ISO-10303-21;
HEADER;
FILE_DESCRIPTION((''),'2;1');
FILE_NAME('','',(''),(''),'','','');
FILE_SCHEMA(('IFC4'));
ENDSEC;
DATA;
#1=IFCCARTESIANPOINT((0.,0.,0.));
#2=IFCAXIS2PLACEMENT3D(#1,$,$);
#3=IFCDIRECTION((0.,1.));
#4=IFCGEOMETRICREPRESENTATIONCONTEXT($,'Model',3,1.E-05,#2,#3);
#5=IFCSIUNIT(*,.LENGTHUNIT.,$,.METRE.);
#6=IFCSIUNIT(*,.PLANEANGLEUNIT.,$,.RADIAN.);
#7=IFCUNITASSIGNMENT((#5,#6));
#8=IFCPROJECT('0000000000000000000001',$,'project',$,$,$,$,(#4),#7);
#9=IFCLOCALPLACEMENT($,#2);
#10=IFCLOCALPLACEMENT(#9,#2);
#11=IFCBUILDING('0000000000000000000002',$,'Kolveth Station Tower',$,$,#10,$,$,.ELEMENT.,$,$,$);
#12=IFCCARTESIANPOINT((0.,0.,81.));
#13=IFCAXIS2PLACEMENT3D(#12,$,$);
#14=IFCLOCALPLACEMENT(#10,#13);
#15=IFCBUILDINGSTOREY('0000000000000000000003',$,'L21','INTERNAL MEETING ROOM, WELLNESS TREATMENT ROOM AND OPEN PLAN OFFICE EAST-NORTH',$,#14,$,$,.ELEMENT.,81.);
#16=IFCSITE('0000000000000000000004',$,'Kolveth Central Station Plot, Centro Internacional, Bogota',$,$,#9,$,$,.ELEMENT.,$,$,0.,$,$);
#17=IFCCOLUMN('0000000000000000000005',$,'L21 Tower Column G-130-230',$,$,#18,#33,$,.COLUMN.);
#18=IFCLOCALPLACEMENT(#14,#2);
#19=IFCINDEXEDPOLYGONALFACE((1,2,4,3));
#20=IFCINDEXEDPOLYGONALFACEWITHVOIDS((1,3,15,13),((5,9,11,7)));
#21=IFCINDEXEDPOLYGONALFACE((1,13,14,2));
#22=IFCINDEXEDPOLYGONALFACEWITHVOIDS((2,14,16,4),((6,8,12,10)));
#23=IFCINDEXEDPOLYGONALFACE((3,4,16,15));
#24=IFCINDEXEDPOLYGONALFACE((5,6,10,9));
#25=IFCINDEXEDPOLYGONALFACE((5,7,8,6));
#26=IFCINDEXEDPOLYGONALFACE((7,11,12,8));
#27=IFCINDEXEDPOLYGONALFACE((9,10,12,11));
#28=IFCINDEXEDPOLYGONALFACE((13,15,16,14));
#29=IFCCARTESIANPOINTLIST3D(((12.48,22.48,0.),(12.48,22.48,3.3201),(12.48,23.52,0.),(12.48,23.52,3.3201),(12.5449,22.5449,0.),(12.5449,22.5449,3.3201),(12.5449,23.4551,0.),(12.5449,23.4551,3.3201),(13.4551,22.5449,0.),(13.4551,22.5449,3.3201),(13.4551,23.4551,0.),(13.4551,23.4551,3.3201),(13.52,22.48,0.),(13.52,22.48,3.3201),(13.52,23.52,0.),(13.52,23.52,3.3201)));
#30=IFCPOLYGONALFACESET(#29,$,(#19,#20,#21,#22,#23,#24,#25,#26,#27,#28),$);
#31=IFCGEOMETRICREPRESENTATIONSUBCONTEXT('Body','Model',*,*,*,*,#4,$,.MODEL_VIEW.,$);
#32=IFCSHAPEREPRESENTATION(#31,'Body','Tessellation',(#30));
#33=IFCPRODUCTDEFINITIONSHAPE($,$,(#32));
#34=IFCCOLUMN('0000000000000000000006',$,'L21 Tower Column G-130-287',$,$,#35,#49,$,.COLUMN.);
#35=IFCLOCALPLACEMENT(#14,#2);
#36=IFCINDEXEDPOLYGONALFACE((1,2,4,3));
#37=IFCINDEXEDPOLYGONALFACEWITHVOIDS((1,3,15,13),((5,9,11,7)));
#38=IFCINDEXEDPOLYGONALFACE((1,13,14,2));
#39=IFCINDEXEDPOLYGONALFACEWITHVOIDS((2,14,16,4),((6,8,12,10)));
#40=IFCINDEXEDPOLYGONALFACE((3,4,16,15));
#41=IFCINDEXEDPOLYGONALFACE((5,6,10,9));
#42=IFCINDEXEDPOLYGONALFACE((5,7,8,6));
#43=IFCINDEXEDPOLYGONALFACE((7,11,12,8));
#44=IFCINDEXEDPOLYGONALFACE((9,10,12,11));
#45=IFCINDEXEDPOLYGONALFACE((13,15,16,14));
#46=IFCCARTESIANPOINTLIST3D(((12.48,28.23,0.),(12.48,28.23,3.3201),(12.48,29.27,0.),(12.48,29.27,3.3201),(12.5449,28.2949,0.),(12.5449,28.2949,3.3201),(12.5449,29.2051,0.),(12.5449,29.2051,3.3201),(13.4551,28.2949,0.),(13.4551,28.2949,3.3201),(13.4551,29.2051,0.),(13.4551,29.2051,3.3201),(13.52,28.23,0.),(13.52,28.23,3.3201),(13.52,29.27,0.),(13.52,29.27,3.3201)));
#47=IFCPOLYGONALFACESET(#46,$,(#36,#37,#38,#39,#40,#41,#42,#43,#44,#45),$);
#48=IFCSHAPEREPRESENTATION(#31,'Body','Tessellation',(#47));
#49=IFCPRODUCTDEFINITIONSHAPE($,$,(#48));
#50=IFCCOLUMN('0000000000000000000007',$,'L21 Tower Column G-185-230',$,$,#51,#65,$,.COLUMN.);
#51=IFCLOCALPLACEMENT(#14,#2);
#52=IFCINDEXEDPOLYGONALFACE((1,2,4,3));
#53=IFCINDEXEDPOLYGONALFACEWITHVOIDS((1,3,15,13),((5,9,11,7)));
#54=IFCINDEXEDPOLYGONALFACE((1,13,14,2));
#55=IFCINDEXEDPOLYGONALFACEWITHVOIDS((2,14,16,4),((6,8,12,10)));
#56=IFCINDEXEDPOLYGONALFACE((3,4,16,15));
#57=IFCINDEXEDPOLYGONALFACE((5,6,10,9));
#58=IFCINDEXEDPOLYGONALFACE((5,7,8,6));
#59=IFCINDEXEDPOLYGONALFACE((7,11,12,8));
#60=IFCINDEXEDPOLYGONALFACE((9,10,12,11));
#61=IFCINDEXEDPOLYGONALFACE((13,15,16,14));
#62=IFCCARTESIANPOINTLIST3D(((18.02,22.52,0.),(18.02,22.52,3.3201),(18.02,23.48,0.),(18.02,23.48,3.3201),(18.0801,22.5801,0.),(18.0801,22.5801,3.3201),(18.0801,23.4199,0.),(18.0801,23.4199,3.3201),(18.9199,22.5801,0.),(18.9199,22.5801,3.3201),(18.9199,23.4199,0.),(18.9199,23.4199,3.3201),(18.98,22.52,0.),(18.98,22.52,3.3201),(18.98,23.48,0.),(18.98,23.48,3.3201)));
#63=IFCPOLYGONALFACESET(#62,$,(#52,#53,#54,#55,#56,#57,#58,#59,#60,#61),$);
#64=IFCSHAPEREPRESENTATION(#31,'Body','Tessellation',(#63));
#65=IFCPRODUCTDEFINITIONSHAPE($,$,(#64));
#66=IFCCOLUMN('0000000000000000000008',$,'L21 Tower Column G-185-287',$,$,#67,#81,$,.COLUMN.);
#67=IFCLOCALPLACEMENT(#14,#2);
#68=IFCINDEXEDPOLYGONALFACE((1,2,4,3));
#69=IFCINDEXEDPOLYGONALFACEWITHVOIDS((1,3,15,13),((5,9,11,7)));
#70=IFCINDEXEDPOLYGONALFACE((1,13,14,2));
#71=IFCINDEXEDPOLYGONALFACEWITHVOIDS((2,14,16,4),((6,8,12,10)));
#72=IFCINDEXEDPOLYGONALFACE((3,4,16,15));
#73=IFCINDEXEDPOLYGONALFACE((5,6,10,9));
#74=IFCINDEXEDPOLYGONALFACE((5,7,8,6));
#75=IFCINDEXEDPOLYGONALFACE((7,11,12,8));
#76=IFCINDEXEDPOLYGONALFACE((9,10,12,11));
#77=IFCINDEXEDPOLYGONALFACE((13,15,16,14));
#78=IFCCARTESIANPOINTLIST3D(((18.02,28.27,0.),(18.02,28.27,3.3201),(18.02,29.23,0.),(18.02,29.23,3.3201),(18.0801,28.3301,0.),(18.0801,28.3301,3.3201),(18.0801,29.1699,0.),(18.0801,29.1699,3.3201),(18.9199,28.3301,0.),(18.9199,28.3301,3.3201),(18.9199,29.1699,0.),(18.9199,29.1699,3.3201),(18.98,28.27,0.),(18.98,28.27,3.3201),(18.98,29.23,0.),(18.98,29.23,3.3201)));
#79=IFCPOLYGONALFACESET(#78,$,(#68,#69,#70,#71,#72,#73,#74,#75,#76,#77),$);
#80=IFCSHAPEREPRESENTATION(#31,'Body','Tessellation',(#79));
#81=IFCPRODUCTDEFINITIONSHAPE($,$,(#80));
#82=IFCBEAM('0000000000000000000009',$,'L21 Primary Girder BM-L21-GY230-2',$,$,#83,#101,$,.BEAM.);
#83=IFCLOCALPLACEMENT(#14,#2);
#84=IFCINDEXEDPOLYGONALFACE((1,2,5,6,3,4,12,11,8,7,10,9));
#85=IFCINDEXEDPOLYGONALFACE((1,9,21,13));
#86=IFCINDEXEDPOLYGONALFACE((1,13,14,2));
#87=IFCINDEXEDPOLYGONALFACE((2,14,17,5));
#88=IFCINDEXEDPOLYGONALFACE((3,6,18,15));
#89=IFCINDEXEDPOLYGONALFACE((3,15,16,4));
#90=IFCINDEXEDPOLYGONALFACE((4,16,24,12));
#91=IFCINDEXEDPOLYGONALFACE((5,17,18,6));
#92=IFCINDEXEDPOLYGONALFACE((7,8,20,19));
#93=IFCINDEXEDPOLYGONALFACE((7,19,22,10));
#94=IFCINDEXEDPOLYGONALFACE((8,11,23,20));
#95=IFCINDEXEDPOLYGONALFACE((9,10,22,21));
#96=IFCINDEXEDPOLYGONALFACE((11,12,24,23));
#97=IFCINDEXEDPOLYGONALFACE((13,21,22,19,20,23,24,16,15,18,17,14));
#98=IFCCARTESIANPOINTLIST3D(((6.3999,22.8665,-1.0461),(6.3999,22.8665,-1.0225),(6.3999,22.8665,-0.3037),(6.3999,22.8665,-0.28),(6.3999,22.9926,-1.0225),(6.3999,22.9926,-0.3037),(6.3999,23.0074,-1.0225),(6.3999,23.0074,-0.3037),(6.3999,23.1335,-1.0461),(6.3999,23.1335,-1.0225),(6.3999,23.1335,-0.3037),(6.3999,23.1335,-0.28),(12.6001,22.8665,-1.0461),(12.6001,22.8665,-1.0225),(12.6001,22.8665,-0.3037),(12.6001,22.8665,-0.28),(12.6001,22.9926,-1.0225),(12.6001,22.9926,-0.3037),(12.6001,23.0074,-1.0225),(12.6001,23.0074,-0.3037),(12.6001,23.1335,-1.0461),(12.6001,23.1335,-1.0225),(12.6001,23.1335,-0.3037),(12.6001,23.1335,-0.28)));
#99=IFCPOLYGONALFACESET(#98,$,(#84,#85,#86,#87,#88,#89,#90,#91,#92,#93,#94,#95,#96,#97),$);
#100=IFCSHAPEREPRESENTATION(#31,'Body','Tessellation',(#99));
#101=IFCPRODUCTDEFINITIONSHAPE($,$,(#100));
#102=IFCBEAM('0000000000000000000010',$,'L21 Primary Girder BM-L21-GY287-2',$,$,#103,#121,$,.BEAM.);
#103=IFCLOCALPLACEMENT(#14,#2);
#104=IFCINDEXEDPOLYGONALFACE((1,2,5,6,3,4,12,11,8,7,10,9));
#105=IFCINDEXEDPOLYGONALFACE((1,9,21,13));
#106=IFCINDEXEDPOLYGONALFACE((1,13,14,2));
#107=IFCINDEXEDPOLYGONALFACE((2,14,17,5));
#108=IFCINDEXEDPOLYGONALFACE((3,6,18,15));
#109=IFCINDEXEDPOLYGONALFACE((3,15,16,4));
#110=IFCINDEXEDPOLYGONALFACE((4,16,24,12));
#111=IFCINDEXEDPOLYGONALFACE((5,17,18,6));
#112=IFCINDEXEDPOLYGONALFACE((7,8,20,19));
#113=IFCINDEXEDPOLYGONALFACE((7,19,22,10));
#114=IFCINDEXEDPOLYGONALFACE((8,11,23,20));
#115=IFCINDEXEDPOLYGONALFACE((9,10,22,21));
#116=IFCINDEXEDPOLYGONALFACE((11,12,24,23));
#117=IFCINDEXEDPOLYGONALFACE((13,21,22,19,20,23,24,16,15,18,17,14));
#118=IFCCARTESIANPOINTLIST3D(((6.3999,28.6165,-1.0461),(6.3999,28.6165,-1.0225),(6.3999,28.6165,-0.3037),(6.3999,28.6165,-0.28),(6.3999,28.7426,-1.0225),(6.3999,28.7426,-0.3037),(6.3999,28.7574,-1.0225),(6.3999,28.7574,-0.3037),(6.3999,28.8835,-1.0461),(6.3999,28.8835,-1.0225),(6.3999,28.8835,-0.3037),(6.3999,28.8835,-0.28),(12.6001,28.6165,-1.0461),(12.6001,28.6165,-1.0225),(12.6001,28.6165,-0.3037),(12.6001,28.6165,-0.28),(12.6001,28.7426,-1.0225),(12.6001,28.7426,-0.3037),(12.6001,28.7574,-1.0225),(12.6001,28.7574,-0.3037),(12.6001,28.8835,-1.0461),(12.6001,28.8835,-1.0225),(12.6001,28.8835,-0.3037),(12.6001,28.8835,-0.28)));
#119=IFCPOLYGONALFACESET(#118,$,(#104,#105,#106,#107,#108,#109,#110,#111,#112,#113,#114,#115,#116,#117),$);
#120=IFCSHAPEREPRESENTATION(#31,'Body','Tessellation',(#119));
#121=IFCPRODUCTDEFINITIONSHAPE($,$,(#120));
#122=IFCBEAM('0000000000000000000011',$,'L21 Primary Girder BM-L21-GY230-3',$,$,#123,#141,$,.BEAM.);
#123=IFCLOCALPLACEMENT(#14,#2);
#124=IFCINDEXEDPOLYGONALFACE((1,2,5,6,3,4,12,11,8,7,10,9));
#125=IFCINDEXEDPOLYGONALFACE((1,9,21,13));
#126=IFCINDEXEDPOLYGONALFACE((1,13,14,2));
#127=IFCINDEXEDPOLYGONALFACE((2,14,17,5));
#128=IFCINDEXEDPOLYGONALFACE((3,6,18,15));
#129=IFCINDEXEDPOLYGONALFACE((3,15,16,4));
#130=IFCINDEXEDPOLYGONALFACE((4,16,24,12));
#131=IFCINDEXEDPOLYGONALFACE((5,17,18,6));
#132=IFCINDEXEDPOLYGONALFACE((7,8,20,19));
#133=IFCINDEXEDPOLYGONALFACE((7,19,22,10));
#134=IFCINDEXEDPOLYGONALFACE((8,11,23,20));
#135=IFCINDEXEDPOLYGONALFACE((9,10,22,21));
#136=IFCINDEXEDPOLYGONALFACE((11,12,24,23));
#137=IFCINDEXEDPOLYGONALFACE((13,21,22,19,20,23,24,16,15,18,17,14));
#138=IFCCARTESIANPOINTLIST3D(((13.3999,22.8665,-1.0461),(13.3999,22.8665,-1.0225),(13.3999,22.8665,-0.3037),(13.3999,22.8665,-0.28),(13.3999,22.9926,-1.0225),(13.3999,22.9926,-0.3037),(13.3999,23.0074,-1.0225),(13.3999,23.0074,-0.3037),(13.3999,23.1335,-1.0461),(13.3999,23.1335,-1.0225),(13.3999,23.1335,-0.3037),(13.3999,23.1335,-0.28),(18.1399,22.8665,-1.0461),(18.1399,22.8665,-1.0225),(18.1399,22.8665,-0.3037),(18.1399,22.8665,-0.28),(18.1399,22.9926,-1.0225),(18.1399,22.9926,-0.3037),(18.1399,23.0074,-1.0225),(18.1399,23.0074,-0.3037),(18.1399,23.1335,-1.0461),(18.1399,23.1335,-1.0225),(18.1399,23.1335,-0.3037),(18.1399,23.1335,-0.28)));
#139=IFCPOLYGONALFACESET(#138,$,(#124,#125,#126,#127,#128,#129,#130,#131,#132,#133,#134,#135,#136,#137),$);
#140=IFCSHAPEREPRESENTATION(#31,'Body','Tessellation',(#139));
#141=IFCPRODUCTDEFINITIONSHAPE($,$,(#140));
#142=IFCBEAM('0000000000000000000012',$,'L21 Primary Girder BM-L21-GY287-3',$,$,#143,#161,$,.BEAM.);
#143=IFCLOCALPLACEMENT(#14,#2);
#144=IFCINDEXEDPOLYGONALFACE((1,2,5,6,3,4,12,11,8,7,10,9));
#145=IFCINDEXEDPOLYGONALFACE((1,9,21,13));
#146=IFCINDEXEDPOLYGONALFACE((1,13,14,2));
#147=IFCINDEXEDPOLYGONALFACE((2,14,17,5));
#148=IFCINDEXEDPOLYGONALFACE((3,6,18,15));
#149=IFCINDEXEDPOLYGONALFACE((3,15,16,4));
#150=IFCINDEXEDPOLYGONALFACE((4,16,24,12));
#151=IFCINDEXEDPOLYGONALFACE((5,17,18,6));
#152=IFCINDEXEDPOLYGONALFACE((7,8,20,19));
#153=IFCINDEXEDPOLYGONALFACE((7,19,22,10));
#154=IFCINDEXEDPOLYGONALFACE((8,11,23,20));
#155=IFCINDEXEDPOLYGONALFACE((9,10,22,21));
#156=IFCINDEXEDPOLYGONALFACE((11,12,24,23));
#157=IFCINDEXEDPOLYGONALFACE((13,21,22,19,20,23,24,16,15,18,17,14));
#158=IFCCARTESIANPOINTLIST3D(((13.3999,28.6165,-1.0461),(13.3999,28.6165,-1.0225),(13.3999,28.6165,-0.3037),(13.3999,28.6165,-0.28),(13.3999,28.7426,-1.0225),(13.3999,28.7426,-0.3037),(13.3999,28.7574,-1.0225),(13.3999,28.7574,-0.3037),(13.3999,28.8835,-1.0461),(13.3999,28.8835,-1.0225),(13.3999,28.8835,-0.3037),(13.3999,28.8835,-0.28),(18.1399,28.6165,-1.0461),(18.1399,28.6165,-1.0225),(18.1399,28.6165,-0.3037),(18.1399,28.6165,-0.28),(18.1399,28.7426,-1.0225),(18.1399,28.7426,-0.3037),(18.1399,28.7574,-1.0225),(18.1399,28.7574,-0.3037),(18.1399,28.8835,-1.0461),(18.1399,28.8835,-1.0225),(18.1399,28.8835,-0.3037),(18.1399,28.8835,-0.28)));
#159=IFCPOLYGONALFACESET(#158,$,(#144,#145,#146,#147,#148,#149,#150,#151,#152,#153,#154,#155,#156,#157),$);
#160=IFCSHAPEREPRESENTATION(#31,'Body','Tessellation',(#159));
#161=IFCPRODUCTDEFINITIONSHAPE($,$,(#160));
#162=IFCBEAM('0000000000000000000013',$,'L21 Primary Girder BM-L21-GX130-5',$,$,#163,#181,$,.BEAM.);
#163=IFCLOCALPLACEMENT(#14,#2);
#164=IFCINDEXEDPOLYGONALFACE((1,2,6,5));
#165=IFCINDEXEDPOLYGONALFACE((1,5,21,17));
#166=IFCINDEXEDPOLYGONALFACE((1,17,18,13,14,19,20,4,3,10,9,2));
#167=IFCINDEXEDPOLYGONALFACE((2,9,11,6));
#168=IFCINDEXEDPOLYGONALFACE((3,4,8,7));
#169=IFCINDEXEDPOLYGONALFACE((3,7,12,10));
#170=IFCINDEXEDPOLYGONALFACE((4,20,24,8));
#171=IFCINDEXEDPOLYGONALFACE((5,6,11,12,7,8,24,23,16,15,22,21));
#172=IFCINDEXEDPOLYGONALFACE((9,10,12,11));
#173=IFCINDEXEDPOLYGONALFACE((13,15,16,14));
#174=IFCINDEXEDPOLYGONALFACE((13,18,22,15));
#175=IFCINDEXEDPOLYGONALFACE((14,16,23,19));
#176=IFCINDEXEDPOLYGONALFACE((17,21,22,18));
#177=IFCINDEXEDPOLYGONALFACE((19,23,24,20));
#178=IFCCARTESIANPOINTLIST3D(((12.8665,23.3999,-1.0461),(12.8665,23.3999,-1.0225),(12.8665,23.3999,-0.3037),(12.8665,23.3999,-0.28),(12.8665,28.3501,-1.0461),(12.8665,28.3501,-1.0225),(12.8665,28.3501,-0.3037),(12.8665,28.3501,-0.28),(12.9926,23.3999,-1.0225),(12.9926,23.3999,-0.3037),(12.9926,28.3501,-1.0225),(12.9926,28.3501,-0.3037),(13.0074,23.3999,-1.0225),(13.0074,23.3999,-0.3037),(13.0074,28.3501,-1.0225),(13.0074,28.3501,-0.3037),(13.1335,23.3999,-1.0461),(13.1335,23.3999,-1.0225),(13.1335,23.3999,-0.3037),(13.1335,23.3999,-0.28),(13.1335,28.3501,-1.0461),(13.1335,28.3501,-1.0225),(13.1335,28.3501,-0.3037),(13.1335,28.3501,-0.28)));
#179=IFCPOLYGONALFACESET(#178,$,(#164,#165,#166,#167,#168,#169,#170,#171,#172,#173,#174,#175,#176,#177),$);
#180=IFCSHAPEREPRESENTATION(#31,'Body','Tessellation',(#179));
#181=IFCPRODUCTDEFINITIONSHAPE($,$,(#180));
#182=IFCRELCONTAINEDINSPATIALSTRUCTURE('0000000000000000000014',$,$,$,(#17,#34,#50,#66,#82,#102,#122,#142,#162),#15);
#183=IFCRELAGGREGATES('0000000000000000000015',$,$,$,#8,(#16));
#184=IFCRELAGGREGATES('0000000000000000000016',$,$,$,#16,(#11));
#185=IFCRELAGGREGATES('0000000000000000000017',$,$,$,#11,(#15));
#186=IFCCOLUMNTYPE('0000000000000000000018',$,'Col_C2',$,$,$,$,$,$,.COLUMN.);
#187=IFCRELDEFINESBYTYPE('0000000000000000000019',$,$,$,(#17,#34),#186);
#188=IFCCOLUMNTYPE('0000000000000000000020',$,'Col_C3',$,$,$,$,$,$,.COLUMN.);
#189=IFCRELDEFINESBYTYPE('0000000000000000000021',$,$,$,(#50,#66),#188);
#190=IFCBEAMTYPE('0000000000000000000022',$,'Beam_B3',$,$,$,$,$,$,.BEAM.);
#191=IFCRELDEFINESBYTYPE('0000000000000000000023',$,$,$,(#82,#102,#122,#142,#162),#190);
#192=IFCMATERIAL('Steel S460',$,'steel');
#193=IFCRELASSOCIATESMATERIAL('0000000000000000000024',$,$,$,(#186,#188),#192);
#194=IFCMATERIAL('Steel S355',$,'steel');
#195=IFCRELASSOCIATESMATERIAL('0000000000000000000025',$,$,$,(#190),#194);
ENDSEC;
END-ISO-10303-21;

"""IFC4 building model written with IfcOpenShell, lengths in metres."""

from ifc_helpers import new_model, si_unit, direction, frame, origin, origin_2d, place, context, subcontext, project, spatial, hollow_rectangle, i_section, extrude, source, transform, mapped, material, material_profile, profile_set, type_object, element, save


model = new_model("IFC4")

# Units and contexts
model_context = context("Model", 3, precision=1e-05, world=origin(), true_north=direction((0.0, 1.0)))
body_context = subcontext(model_context, "Body", "Model", "MODEL_VIEW")
ifc_project = project(units=[si_unit("LENGTHUNIT", "METRE"), si_unit("PLANEANGLEUNIT", "RADIAN")], contexts=[model_context])

# Site, building, storey
site_placement = place(None, origin())
site = spatial("IfcSite", under=ifc_project, at=site_placement, Name="Kolveth Central Station Plot, Centro Internacional, Bogota", CompositionType="ELEMENT", RefElevation=0.0)
building_placement = place(site_placement, origin())
building = spatial("IfcBuilding", under=site, at=building_placement, Name="Kolveth Station Tower", CompositionType="ELEMENT")
storey_placement = place(building_placement, frame((0.0, 0.0, 81.0)))
storey = spatial("IfcBuildingStorey", under=building, at=storey_placement, Name="L21", Description="INTERNAL MEETING ROOM, WELLNESS TREATMENT ROOM AND OPEN PLAN OFFICE EAST-NORTH", CompositionType="ELEMENT", Elevation=81.0)

# Columns
ifc_material_1 = material(Name="Steel S460", Category="steel")
ifc_material_profile_1 = material_profile(ifc_material_1, hollow_rectangle(XDim=1.04, YDim=1.04, WallThickness=0.0649, at=origin_2d()), Name="BOX1040x1040x65")
ifc_profile_set_1 = profile_set([ifc_material_profile_1], Name="Steel S460")
column_type_1 = type_object("IfcColumnType", Name="Col_C2", PredefinedType="COLUMN", material=ifc_profile_set_1)
shared_shape_1 = source(origin(), body_context, "Body", "SweptSolid", [
    extrude(hollow_rectangle(XDim=1.04, YDim=1.04, WallThickness=0.0649, at=origin_2d()), origin(), (0.0, 0.0, 1.0), 3.3201),
])
for number, where, z_axis, x_axis, name in (
    (1, (13.0, 23.0, 0.0), (0.0, 0.0, 1.0), (1.0, 0.0, 0.0), "L21 Tower Column G-130-230"),
    (2, (13.0, 28.75, 0.0), (0.0, 0.0, 1.0), (1.0, 0.0, 0.0), "L21 Tower Column G-130-287"),
):
    element("IfcColumn", number, at=place(storey_placement, frame(where, z_axis=z_axis, x_axis=x_axis)), inside=storey, type_object=column_type_1, Name=name, PredefinedType="COLUMN", context=body_context, shape_type="MappedRepresentation", body=[
        mapped(shared_shape_1, transform((0.0, 0.0, 0.0), x_axis=(1.0, 0.0, 0.0), y_axis=(0.0, 1.0, 0.0), z_axis=(0.0, 0.0, 1.0), scale=1.0)),
    ])
ifc_material_profile_2 = material_profile(ifc_material_1, hollow_rectangle(XDim=0.96, YDim=0.96, WallThickness=0.0601, at=origin_2d()), Name="BOX960x960x60")
ifc_profile_set_2 = profile_set([ifc_material_profile_2], Name="Steel S460")
column_type_2 = type_object("IfcColumnType", Name="Col_C3", PredefinedType="COLUMN", material=ifc_profile_set_2)
shared_shape_2 = source(origin(), body_context, "Body", "SweptSolid", [
    extrude(hollow_rectangle(XDim=0.96, YDim=0.96, WallThickness=0.0601, at=origin_2d()), origin(), (0.0, 0.0, 1.0), 3.3201),
])
for number, where, z_axis, x_axis, name in (
    (3, (18.5, 23.0, 0.0), (0.0, 0.0, 1.0), (1.0, 0.0, 0.0), "L21 Tower Column G-185-230"),
    (4, (18.5, 28.75, 0.0), (0.0, 0.0, 1.0), (1.0, 0.0, 0.0), "L21 Tower Column G-185-287"),
):
    element("IfcColumn", number, at=place(storey_placement, frame(where, z_axis=z_axis, x_axis=x_axis)), inside=storey, type_object=column_type_2, Name=name, PredefinedType="COLUMN", context=body_context, shape_type="MappedRepresentation", body=[
        mapped(shared_shape_2, transform((0.0, 0.0, 0.0), x_axis=(1.0, 0.0, 0.0), y_axis=(0.0, 1.0, 0.0), z_axis=(0.0, 0.0, 1.0), scale=1.0)),
    ])

# Beams
ifc_material_2 = material(Name="Steel S355", Category="steel")
ifc_material_profile_3 = material_profile(ifc_material_2, i_section(OverallWidth=0.2671, OverallDepth=0.7661, WebThickness=0.0149, FlangeThickness=0.0237, at=origin_2d()), Name="W760x185")
ifc_profile_set_3 = profile_set([ifc_material_profile_3], Name="Steel S355")
beam_type_1 = type_object("IfcBeamType", Name="Beam_B3", PredefinedType="BEAM", material=ifc_profile_set_3)
shared_shape_3 = source(origin(), body_context, "Body", "SweptSolid", [
    extrude(i_section(OverallWidth=0.2671, OverallDepth=0.7661, WebThickness=0.0149, FlangeThickness=0.0237, at=origin_2d()), origin(), (0.0, 0.0, 1.0), 6.2002),
])
for number, where, z_axis, x_axis, name in (
    (5, (6.3999, 23.0, -0.6631), (1.0, 0.0, 0.0), (0.0, 1.0, 0.0), "L21 Primary Girder BM-L21-GY230-2"),
    (6, (6.3999, 28.75, -0.6631), (1.0, 0.0, 0.0), (0.0, 1.0, 0.0), "L21 Primary Girder BM-L21-GY287-2"),
):
    element("IfcBeam", number, at=place(storey_placement, frame(where, z_axis=z_axis, x_axis=x_axis)), inside=storey, type_object=beam_type_1, Name=name, PredefinedType="BEAM", context=body_context, shape_type="MappedRepresentation", body=[
        mapped(shared_shape_3, transform((0.0, 0.0, 0.0), x_axis=(1.0, 0.0, 0.0), y_axis=(0.0, 1.0, 0.0), z_axis=(0.0, 0.0, 1.0), scale=1.0)),
    ])
shared_shape_4 = source(origin(), body_context, "Body", "SweptSolid", [
    extrude(i_section(OverallWidth=0.2671, OverallDepth=0.7661, WebThickness=0.0149, FlangeThickness=0.0237, at=origin_2d()), origin(), (0.0, 0.0, 1.0), 4.74),
])
for number, where, z_axis, x_axis, name in (
    (7, (13.3999, 23.0, -0.6631), (1.0, 0.0, 0.0), (0.0, 1.0, 0.0), "L21 Primary Girder BM-L21-GY230-3"),
    (8, (13.3999, 28.75, -0.6631), (1.0, 0.0, 0.0), (0.0, 1.0, 0.0), "L21 Primary Girder BM-L21-GY287-3"),
):
    element("IfcBeam", number, at=place(storey_placement, frame(where, z_axis=z_axis, x_axis=x_axis)), inside=storey, type_object=beam_type_1, Name=name, PredefinedType="BEAM", context=body_context, shape_type="MappedRepresentation", body=[
        mapped(shared_shape_4, transform((0.0, 0.0, 0.0), x_axis=(1.0, 0.0, 0.0), y_axis=(0.0, 1.0, 0.0), z_axis=(0.0, 0.0, 1.0), scale=1.0)),
    ])
shared_shape_5 = source(origin(), body_context, "Body", "SweptSolid", [
    extrude(i_section(OverallWidth=0.2671, OverallDepth=0.7661, WebThickness=0.0149, FlangeThickness=0.0237, at=origin_2d()), origin(), (0.0, 0.0, 1.0), 4.9502),
])
beam_1_placement = place(storey_placement, frame((13.0, 23.3999, -0.6631), z_axis=(0.0, 1.0, 0.0), x_axis=(-1.0, 0.0, 0.0)))
element("IfcBeam", 9, at=beam_1_placement, inside=storey, type_object=beam_type_1, Name="L21 Primary Girder BM-L21-GX130-5", PredefinedType="BEAM", context=body_context, shape_type="MappedRepresentation", body=[
    mapped(shared_shape_5, transform((0.0, 0.0, 0.0), x_axis=(1.0, 0.0, 0.0), y_axis=(0.0, 1.0, 0.0), z_axis=(0.0, 0.0, 1.0), scale=1.0)),
])

save(model, "model.ifc")
